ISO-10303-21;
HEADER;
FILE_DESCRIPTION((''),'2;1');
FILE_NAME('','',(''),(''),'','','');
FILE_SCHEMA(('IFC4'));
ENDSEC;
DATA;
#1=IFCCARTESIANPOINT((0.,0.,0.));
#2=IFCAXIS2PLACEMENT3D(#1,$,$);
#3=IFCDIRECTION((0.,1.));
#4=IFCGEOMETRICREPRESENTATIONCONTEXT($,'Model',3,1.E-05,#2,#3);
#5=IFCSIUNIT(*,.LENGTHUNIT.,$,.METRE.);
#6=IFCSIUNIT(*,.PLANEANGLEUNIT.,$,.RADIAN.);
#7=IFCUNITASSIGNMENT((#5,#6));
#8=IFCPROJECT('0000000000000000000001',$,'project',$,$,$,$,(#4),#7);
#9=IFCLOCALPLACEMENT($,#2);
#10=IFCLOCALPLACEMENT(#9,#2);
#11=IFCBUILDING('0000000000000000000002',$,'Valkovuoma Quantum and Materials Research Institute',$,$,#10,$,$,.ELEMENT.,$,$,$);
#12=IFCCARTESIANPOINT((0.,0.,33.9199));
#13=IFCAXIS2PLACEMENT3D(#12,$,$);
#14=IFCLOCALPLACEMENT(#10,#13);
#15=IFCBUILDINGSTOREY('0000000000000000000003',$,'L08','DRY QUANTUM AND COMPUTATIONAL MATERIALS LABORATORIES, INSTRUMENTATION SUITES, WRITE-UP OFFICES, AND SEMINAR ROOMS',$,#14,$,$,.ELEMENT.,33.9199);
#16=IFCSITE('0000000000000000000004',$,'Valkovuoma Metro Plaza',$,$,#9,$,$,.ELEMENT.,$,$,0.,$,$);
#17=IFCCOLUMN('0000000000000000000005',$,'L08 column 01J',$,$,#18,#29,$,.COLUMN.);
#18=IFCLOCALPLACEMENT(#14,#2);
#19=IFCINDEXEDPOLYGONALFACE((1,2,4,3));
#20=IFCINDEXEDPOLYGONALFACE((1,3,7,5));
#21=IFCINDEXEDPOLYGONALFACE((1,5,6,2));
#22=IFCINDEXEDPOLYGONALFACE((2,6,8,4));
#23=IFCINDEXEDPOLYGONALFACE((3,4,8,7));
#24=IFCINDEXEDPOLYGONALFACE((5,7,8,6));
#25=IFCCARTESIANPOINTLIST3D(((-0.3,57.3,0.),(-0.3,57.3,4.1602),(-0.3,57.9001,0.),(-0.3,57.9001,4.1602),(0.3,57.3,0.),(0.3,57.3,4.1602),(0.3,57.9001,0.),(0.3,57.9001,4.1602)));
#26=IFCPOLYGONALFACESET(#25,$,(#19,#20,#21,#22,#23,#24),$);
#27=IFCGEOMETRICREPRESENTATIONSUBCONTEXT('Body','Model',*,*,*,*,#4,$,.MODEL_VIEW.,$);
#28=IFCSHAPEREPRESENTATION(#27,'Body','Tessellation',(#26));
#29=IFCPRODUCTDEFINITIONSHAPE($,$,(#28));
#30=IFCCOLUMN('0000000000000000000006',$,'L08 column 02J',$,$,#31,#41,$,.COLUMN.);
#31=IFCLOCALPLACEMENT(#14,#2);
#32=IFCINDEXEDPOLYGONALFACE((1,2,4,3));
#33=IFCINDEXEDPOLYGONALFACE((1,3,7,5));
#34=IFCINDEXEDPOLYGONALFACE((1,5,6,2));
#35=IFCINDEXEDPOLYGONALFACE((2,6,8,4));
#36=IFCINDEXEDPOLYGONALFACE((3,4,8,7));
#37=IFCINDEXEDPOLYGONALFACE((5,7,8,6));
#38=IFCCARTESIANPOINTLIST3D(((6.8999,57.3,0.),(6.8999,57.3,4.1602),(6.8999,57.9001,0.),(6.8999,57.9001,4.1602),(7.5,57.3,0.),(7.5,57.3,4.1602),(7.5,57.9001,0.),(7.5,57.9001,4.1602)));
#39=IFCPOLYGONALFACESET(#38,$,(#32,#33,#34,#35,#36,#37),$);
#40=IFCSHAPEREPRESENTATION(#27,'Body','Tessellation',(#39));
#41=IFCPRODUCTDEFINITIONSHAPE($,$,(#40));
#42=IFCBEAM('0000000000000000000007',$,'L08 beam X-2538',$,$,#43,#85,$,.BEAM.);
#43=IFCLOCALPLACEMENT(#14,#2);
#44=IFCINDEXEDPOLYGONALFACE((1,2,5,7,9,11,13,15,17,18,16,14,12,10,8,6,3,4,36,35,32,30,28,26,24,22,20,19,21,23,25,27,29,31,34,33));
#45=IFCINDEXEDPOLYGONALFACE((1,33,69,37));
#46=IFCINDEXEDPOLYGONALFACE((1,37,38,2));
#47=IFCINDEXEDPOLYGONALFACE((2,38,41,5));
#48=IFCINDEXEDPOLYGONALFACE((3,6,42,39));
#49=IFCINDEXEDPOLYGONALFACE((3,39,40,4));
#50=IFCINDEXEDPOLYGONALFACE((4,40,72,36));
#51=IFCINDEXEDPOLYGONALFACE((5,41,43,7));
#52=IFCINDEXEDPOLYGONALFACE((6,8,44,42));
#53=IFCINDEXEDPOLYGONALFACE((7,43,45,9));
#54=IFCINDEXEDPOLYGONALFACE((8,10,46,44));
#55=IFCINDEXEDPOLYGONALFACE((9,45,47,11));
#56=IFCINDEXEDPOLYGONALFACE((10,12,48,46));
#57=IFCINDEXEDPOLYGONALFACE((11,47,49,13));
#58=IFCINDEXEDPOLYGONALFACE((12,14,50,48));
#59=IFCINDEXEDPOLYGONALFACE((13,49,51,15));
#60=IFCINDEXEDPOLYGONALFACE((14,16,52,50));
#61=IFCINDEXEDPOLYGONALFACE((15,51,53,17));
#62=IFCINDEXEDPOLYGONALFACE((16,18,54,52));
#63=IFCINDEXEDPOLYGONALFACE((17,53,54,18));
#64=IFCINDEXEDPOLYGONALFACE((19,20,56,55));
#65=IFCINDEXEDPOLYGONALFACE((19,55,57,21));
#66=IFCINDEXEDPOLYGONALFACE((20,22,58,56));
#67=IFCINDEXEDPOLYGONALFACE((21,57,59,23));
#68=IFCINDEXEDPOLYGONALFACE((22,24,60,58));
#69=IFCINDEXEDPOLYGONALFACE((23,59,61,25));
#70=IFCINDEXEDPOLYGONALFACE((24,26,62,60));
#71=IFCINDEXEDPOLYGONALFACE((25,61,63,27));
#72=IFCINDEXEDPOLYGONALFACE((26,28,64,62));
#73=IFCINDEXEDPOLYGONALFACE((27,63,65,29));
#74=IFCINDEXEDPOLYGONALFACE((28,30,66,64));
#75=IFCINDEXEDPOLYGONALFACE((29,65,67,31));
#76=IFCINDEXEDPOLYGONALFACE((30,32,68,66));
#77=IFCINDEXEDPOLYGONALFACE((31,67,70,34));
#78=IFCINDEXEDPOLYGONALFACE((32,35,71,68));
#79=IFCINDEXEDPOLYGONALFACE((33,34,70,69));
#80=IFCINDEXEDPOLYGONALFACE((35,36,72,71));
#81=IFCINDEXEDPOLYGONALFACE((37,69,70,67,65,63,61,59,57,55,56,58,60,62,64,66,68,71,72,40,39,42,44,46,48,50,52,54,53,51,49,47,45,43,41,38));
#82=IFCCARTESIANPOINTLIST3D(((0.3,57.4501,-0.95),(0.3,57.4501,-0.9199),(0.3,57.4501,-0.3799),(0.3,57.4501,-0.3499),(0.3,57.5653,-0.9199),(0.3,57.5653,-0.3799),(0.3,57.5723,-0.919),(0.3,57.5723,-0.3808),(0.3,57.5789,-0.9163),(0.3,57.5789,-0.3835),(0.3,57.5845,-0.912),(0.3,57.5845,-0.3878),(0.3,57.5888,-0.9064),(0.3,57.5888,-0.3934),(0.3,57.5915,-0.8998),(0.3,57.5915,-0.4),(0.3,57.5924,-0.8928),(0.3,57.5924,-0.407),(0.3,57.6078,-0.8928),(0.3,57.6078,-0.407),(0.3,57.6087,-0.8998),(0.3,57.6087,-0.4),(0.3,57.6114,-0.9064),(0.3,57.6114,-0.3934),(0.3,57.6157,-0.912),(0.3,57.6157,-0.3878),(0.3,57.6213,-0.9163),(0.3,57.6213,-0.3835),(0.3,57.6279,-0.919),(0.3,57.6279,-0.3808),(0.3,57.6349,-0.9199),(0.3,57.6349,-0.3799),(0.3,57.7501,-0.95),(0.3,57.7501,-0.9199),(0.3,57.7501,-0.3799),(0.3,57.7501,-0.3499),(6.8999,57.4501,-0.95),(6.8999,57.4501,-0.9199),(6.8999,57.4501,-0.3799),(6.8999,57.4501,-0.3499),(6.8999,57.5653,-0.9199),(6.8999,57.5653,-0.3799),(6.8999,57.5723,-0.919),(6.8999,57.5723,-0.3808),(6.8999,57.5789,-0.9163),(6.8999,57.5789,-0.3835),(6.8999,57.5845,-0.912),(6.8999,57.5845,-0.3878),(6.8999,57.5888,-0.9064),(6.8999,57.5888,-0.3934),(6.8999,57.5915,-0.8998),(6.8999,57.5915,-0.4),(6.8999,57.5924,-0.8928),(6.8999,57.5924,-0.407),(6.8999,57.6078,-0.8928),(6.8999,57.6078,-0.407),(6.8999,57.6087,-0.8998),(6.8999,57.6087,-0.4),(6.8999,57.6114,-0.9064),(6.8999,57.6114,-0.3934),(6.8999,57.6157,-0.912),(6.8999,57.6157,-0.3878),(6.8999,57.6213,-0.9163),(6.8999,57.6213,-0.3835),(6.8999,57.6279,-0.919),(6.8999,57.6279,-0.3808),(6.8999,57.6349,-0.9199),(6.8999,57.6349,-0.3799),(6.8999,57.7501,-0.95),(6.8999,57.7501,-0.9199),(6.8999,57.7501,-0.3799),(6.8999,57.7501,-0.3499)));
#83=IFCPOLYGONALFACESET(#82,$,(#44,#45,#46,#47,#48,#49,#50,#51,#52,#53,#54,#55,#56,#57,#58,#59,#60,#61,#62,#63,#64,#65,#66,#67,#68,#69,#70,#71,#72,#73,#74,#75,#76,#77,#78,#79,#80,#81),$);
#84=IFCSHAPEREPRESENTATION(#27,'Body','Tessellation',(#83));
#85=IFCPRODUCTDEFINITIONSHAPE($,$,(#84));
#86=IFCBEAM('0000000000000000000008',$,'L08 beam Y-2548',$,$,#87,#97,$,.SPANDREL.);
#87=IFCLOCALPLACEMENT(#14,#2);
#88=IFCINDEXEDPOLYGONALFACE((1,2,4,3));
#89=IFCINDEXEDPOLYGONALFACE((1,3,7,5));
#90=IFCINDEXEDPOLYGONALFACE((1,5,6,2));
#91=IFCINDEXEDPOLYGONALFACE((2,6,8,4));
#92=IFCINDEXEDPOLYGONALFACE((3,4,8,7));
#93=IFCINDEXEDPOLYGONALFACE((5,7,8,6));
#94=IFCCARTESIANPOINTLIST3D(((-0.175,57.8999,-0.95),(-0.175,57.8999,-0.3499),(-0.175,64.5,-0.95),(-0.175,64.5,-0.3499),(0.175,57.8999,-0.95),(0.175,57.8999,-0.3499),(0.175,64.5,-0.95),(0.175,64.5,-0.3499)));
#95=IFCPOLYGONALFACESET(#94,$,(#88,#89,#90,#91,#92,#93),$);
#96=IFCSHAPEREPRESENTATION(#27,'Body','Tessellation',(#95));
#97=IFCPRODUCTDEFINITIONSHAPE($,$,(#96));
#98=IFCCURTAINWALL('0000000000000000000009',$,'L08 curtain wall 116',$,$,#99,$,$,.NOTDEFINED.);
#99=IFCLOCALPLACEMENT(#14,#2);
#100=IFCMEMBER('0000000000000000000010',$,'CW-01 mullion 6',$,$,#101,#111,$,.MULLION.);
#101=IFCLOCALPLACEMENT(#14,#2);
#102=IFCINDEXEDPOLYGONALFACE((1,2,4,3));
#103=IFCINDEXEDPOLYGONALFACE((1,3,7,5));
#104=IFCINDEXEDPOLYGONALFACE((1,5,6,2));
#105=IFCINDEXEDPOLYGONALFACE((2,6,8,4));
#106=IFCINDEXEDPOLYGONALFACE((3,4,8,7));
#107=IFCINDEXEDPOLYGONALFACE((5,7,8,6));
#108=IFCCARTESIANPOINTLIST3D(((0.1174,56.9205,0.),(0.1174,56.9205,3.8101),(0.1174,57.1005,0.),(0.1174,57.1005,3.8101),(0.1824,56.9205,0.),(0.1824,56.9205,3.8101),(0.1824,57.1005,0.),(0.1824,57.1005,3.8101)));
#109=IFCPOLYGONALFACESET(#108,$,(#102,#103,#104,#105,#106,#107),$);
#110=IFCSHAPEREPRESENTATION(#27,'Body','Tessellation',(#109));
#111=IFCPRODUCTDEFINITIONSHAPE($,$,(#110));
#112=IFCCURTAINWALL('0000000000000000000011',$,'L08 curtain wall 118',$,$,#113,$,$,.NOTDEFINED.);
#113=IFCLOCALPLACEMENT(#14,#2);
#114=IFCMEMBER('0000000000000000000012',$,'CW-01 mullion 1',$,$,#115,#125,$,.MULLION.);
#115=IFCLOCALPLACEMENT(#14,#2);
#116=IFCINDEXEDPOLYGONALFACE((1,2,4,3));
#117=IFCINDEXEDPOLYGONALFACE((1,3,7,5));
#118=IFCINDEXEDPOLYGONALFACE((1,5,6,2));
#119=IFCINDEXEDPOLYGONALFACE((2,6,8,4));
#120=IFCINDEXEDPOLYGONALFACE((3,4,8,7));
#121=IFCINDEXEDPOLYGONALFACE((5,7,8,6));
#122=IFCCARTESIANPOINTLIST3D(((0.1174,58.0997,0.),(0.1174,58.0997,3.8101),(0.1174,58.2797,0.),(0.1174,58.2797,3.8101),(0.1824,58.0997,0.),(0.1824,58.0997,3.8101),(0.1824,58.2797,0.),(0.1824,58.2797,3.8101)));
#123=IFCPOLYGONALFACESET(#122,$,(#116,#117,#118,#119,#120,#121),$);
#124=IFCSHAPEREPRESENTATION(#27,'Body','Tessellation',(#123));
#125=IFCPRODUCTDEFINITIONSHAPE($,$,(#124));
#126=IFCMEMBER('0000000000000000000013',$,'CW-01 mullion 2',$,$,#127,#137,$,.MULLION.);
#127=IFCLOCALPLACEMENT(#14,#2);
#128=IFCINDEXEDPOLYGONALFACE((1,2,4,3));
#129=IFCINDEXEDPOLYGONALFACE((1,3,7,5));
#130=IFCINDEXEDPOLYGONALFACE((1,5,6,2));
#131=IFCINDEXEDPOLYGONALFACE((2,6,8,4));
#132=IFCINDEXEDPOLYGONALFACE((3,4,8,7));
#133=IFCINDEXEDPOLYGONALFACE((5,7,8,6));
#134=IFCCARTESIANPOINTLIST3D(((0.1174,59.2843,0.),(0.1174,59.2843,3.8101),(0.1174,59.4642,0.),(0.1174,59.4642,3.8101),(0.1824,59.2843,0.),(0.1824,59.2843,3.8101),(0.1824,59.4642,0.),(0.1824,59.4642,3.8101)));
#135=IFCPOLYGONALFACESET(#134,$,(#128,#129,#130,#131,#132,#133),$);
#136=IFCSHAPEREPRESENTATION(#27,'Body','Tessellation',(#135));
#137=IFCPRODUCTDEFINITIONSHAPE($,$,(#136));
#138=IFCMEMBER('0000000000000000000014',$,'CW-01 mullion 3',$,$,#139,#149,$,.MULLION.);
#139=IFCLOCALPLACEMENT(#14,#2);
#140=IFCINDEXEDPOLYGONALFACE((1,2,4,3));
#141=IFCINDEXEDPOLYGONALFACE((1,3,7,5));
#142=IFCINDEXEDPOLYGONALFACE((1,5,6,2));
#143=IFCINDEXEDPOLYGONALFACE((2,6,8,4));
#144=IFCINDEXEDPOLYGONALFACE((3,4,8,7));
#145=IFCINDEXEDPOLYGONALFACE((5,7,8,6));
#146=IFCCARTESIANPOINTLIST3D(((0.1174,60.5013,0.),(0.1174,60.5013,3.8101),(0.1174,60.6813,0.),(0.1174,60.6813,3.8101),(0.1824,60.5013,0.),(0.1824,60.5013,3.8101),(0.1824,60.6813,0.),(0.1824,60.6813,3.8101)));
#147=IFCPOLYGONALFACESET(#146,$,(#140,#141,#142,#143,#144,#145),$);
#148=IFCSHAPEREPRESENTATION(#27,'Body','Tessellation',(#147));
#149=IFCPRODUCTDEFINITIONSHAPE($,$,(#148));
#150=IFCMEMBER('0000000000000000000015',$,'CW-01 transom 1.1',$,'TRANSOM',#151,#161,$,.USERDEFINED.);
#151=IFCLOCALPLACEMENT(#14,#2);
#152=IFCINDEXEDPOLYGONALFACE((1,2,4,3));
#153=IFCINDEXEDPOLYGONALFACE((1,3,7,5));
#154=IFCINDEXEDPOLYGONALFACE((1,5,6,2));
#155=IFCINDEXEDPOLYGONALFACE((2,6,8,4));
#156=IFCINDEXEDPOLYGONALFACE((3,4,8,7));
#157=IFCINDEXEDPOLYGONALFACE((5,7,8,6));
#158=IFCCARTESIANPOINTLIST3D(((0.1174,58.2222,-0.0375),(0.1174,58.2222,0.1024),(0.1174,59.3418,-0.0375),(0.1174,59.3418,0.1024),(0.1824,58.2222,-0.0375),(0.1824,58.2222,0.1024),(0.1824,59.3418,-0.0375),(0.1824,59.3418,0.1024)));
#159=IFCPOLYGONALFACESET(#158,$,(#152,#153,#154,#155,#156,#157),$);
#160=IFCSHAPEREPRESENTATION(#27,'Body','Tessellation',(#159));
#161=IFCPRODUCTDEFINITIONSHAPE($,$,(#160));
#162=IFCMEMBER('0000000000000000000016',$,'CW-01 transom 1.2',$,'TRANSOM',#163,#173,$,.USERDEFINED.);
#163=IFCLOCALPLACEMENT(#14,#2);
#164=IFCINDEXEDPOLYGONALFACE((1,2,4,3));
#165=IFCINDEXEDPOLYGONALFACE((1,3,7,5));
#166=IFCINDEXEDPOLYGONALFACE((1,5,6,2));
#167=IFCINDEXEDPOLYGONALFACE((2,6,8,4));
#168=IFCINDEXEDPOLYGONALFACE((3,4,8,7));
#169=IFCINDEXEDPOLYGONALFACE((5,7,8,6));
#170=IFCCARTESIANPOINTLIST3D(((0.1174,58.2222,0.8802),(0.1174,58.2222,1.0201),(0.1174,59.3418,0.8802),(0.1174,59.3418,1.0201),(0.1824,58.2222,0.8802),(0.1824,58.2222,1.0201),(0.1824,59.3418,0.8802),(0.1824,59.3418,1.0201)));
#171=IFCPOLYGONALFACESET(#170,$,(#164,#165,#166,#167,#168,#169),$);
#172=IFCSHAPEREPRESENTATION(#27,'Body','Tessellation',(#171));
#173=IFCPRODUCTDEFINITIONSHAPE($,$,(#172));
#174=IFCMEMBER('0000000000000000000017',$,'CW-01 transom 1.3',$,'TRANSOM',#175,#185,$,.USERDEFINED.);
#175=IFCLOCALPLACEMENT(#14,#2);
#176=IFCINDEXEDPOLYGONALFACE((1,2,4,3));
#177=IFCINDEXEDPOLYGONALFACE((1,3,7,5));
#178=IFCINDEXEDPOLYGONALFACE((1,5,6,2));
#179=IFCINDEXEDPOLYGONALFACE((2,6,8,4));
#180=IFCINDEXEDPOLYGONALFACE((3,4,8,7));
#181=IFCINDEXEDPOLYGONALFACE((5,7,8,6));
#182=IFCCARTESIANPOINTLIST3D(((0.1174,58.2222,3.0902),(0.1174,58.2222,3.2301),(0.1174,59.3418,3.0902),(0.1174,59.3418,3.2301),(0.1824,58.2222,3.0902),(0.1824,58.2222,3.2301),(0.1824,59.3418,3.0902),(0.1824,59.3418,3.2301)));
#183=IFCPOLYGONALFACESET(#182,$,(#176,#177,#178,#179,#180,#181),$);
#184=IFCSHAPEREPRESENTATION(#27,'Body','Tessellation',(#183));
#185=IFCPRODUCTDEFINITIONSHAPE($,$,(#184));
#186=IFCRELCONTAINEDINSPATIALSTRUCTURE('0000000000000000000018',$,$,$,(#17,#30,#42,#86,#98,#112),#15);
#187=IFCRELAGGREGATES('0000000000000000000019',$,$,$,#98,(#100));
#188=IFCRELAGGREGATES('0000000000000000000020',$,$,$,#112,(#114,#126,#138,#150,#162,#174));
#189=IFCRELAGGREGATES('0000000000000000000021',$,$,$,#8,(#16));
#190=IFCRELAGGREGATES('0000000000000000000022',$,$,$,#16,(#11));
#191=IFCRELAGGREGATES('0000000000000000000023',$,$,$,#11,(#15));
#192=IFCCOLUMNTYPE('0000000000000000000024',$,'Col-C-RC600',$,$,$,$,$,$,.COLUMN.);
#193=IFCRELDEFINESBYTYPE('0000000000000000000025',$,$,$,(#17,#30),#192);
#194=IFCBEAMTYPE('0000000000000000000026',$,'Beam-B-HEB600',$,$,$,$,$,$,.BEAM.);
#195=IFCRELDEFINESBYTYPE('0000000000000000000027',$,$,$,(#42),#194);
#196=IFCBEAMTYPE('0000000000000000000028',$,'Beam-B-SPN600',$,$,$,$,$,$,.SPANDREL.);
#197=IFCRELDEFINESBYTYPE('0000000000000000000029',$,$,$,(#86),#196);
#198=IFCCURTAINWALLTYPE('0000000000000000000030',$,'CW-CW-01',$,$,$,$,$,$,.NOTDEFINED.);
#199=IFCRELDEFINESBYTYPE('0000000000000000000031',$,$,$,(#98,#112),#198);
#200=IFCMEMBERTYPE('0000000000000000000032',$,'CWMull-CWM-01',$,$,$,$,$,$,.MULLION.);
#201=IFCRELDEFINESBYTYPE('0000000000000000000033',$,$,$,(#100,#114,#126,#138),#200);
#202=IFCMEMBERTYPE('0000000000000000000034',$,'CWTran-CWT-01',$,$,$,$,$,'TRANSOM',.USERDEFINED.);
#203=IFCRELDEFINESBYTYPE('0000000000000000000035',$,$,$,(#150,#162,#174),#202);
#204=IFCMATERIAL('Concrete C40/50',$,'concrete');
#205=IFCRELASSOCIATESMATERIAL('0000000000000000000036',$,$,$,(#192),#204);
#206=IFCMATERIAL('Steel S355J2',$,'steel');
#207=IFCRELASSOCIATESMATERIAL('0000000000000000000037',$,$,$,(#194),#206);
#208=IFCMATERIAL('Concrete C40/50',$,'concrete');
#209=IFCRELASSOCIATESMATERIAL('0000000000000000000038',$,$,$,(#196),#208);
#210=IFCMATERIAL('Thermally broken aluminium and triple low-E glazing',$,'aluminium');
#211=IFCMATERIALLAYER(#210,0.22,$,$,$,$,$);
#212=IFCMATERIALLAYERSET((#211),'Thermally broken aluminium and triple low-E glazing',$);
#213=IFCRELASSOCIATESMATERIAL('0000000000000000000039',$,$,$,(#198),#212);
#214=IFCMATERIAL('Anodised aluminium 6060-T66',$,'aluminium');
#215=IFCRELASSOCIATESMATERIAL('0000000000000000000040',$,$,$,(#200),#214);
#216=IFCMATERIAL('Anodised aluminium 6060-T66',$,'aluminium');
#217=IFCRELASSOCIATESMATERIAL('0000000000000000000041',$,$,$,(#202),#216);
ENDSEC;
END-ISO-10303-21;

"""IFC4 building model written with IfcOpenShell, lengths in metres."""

from ifc_helpers import new_model, si_unit, direction, frame, origin, origin_2d, place, context, subcontext, project, spatial, rectangle, i_section, extrude, material, layer, layer_set, material_profile, profile_set, type_object, element, aggregate, save


model = new_model("IFC4")

# Units and contexts
model_context = context("Model", 3, precision=1e-05, world=origin(), true_north=direction((0.0, 1.0)))
body_context = subcontext(model_context, "Body", "Model", "MODEL_VIEW")
ifc_project = project(units=[si_unit("LENGTHUNIT", "METRE"), si_unit("PLANEANGLEUNIT", "RADIAN")], contexts=[model_context])

# Site, building, storey
site_placement = place(None, origin())
site = spatial("IfcSite", under=ifc_project, at=site_placement, Name="Valkovuoma Metro Plaza", CompositionType="ELEMENT", RefElevation=0.0)
building_placement = place(site_placement, origin())
building = spatial("IfcBuilding", under=site, at=building_placement, Name="Valkovuoma Quantum and Materials Research Institute", CompositionType="ELEMENT")
storey_placement = place(building_placement, frame((0.0, 0.0, 33.9199)))
storey = spatial("IfcBuildingStorey", under=building, at=storey_placement, Name="L08", Description="DRY QUANTUM AND COMPUTATIONAL MATERIALS LABORATORIES, INSTRUMENTATION SUITES, WRITE-UP OFFICES, AND SEMINAR ROOMS", CompositionType="ELEMENT", Elevation=33.9199)

# Columns
ifc_material_1 = material(Name="Concrete C40/50", Category="concrete")
ifc_material_profile_1 = material_profile(ifc_material_1, rectangle(XDim=0.6001, YDim=0.6001, at=origin_2d()), Name="Concrete C40/50")
ifc_profile_set_1 = profile_set([ifc_material_profile_1], Name="Concrete C40/50")
column_type = type_object("IfcColumnType", Name="Col-C-RC600", PredefinedType="COLUMN", material=ifc_profile_set_1)
for number, where, z_axis, x_axis, name in (
    (1, (0.0, 57.6001, 0.0), (0.0, 0.0, 1.0), (1.0, 0.0, 0.0), "L08 column 01J"),
    (2, (7.2, 57.6001, 0.0), (0.0, 0.0, 1.0), (1.0, 0.0, 0.0), "L08 column 02J"),
):
    element("IfcColumn", number, at=place(storey_placement, frame(where, z_axis=z_axis, x_axis=x_axis)), inside=storey, type_object=column_type, Name=name, PredefinedType="COLUMN", context=body_context, shape_type="SweptSolid", body=[
        extrude(rectangle(XDim=0.6001, YDim=0.6001, at=origin_2d()), origin(), (0.0, 0.0, 1.0), 4.1602),
    ])

# Beams
ifc_material_2 = material(Name="Steel S355J2", Category="steel")
ifc_material_profile_2 = material_profile(ifc_material_2, i_section(OverallWidth=0.3, OverallDepth=0.6001, WebThickness=0.0154, FlangeThickness=0.03, FilletRadius=0.0271, at=origin_2d()), Name="Steel S355J2")
ifc_profile_set_2 = profile_set([ifc_material_profile_2], Name="Steel S355J2")
beam_type_1 = type_object("IfcBeamType", Name="Beam-B-HEB600", PredefinedType="BEAM", material=ifc_profile_set_2)
beam_1_placement = place(storey_placement, frame((0.3, 57.6001, -0.6499), z_axis=(1.0, 0.0, 0.0), x_axis=(0.0, 1.0, 0.0)))
element("IfcBeam", 3, at=beam_1_placement, inside=storey, type_object=beam_type_1, Name="L08 beam X-2538", PredefinedType="BEAM", context=body_context, shape_type="SweptSolid", body=[
    extrude(i_section(OverallWidth=0.3, OverallDepth=0.6001, WebThickness=0.0154, FlangeThickness=0.03, FilletRadius=0.0271, at=origin_2d()), origin(), (0.0, 0.0, 1.0), 6.5999),
])
ifc_material_3 = material(Name="Concrete C40/50", Category="concrete")
ifc_material_profile_3 = material_profile(ifc_material_3, rectangle(XDim=0.3501, YDim=0.6001, at=origin_2d()), Name="Concrete C40/50")
ifc_profile_set_3 = profile_set([ifc_material_profile_3], Name="Concrete C40/50")
beam_type_2 = type_object("IfcBeamType", Name="Beam-B-SPN600", PredefinedType="SPANDREL", material=ifc_profile_set_3)
beam_2_placement = place(storey_placement, frame((0.0, 57.8999, -0.6499), z_axis=(0.0, 1.0, 0.0), x_axis=(-1.0, 0.0, 0.0)))
element("IfcBeam", 4, at=beam_2_placement, inside=storey, type_object=beam_type_2, Name="L08 beam Y-2548", PredefinedType="SPANDREL", context=body_context, shape_type="SweptSolid", body=[
    extrude(rectangle(XDim=0.3501, YDim=0.6001, at=origin_2d()), origin(), (0.0, 0.0, 1.0), 6.6001),
])

# Curtain wall, member
ifc_material_4 = material(Name="Thermally broken aluminium and triple low-E glazing", Category="aluminium")
ifc_layer_1 = layer(ifc_material_4, 0.22)
ifc_layer_set_1 = layer_set([ifc_layer_1], Name="Thermally broken aluminium and triple low-E glazing")
curtain_wall_type = type_object("IfcCurtainWallType", Name="CW-CW-01", PredefinedType="NOTDEFINED", material=ifc_layer_set_1)
curtain_wall_1_placement = place(storey_placement, origin())
curtain_wall_1 = element("IfcCurtainWall", 5, at=curtain_wall_1_placement, inside=storey, type_object=curtain_wall_type, Name="L08 curtain wall 116", PredefinedType="NOTDEFINED")
ifc_material_5 = material(Name="Anodised aluminium 6060-T66", Category="aluminium")
ifc_material_profile_4 = material_profile(ifc_material_5, rectangle(XDim=0.0649, YDim=0.1799, at=origin_2d()), Name="Anodised aluminium 6060-T66")
ifc_profile_set_4 = profile_set([ifc_material_profile_4], Name="Anodised aluminium 6060-T66")
member_type_1 = type_object("IfcMemberType", Name="CWMull-CWM-01", PredefinedType="MULLION", material=ifc_profile_set_4)
member_1_placement = place(storey_placement, frame((0.1499, 57.0105, 0.0), z_axis=(0.0, 0.0, 1.0), x_axis=(-1.0, 0.0, 0.0)))
member_1 = element("IfcMember", 6, at=member_1_placement, type_object=member_type_1, Name="CW-01 mullion 6", PredefinedType="MULLION", context=body_context, shape_type="SweptSolid", body=[
    extrude(rectangle(XDim=0.0649, YDim=0.1799, at=origin_2d()), origin(), (0.0, 0.0, 1.0), 3.8101),
])

# Curtain wall, members
curtain_wall_2_placement = place(storey_placement, origin())
curtain_wall_2 = element("IfcCurtainWall", 7, at=curtain_wall_2_placement, inside=storey, type_object=curtain_wall_type, Name="L08 curtain wall 118", PredefinedType="NOTDEFINED")
member_2_placement = place(storey_placement, frame((0.1499, 58.1897, 0.0), z_axis=(0.0, 0.0, 1.0), x_axis=(-1.0, 0.0, 0.0)))
member_2 = element("IfcMember", 8, at=member_2_placement, type_object=member_type_1, Name="CW-01 mullion 1", PredefinedType="MULLION", context=body_context, shape_type="SweptSolid", body=[
    extrude(rectangle(XDim=0.0649, YDim=0.1799, at=origin_2d()), origin(), (0.0, 0.0, 1.0), 3.8101),
])
member_3_placement = place(storey_placement, frame((0.1499, 59.3743, 0.0), z_axis=(0.0, 0.0, 1.0), x_axis=(-1.0, 0.0, 0.0)))
member_3 = element("IfcMember", 9, at=member_3_placement, type_object=member_type_1, Name="CW-01 mullion 2", PredefinedType="MULLION", context=body_context, shape_type="SweptSolid", body=[
    extrude(rectangle(XDim=0.0649, YDim=0.1799, at=origin_2d()), origin(), (0.0, 0.0, 1.0), 3.8101),
])
member_4_placement = place(storey_placement, frame((0.1499, 60.5913, 0.0), z_axis=(0.0, 0.0, 1.0), x_axis=(-1.0, 0.0, 0.0)))
member_4 = element("IfcMember", 10, at=member_4_placement, type_object=member_type_1, Name="CW-01 mullion 3", PredefinedType="MULLION", context=body_context, shape_type="SweptSolid", body=[
    extrude(rectangle(XDim=0.0649, YDim=0.1799, at=origin_2d()), origin(), (0.0, 0.0, 1.0), 3.8101),
])
ifc_material_6 = material(Name="Anodised aluminium 6060-T66", Category="aluminium")
ifc_material_profile_5 = material_profile(ifc_material_6, rectangle(XDim=0.0649, YDim=0.1399, at=origin_2d()), Name="Anodised aluminium 6060-T66")
ifc_profile_set_5 = profile_set([ifc_material_profile_5], Name="Anodised aluminium 6060-T66")
member_type_2 = type_object("IfcMemberType", Name="CWTran-CWT-01", ElementType="TRANSOM", PredefinedType="USERDEFINED", material=ifc_profile_set_5)
member_5_placement = place(storey_placement, frame((0.1499, 58.2222, 0.0325), z_axis=(0.0, 1.0, 0.0), x_axis=(-1.0, 0.0, 0.0)))
member_5 = element("IfcMember", 11, at=member_5_placement, type_object=member_type_2, Name="CW-01 transom 1.1", ObjectType="TRANSOM", PredefinedType="USERDEFINED", context=body_context, shape_type="SweptSolid", body=[
    extrude(rectangle(XDim=0.0649, YDim=0.1399, at=origin_2d()), origin(), (0.0, 0.0, 1.0), 1.1196),
])
member_6_placement = place(storey_placement, frame((0.1499, 58.2222, 0.9502), z_axis=(0.0, 1.0, 0.0), x_axis=(-1.0, 0.0, 0.0)))
member_6 = element("IfcMember", 12, at=member_6_placement, type_object=member_type_2, Name="CW-01 transom 1.2", ObjectType="TRANSOM", PredefinedType="USERDEFINED", context=body_context, shape_type="SweptSolid", body=[
    extrude(rectangle(XDim=0.0649, YDim=0.1399, at=origin_2d()), origin(), (0.0, 0.0, 1.0), 1.1196),
])
member_7_placement = place(storey_placement, frame((0.1499, 58.2222, 3.1602), z_axis=(0.0, 1.0, 0.0), x_axis=(-1.0, 0.0, 0.0)))
member_7 = element("IfcMember", 13, at=member_7_placement, type_object=member_type_2, Name="CW-01 transom 1.3", ObjectType="TRANSOM", PredefinedType="USERDEFINED", context=body_context, shape_type="SweptSolid", body=[
    extrude(rectangle(XDim=0.0649, YDim=0.1399, at=origin_2d()), origin(), (0.0, 0.0, 1.0), 1.1196),
])

aggregate(curtain_wall_1, [member_1])
aggregate(curtain_wall_2, [member_2, member_3, member_4, member_5, member_6, member_7])

save(model, "model.ifc")
